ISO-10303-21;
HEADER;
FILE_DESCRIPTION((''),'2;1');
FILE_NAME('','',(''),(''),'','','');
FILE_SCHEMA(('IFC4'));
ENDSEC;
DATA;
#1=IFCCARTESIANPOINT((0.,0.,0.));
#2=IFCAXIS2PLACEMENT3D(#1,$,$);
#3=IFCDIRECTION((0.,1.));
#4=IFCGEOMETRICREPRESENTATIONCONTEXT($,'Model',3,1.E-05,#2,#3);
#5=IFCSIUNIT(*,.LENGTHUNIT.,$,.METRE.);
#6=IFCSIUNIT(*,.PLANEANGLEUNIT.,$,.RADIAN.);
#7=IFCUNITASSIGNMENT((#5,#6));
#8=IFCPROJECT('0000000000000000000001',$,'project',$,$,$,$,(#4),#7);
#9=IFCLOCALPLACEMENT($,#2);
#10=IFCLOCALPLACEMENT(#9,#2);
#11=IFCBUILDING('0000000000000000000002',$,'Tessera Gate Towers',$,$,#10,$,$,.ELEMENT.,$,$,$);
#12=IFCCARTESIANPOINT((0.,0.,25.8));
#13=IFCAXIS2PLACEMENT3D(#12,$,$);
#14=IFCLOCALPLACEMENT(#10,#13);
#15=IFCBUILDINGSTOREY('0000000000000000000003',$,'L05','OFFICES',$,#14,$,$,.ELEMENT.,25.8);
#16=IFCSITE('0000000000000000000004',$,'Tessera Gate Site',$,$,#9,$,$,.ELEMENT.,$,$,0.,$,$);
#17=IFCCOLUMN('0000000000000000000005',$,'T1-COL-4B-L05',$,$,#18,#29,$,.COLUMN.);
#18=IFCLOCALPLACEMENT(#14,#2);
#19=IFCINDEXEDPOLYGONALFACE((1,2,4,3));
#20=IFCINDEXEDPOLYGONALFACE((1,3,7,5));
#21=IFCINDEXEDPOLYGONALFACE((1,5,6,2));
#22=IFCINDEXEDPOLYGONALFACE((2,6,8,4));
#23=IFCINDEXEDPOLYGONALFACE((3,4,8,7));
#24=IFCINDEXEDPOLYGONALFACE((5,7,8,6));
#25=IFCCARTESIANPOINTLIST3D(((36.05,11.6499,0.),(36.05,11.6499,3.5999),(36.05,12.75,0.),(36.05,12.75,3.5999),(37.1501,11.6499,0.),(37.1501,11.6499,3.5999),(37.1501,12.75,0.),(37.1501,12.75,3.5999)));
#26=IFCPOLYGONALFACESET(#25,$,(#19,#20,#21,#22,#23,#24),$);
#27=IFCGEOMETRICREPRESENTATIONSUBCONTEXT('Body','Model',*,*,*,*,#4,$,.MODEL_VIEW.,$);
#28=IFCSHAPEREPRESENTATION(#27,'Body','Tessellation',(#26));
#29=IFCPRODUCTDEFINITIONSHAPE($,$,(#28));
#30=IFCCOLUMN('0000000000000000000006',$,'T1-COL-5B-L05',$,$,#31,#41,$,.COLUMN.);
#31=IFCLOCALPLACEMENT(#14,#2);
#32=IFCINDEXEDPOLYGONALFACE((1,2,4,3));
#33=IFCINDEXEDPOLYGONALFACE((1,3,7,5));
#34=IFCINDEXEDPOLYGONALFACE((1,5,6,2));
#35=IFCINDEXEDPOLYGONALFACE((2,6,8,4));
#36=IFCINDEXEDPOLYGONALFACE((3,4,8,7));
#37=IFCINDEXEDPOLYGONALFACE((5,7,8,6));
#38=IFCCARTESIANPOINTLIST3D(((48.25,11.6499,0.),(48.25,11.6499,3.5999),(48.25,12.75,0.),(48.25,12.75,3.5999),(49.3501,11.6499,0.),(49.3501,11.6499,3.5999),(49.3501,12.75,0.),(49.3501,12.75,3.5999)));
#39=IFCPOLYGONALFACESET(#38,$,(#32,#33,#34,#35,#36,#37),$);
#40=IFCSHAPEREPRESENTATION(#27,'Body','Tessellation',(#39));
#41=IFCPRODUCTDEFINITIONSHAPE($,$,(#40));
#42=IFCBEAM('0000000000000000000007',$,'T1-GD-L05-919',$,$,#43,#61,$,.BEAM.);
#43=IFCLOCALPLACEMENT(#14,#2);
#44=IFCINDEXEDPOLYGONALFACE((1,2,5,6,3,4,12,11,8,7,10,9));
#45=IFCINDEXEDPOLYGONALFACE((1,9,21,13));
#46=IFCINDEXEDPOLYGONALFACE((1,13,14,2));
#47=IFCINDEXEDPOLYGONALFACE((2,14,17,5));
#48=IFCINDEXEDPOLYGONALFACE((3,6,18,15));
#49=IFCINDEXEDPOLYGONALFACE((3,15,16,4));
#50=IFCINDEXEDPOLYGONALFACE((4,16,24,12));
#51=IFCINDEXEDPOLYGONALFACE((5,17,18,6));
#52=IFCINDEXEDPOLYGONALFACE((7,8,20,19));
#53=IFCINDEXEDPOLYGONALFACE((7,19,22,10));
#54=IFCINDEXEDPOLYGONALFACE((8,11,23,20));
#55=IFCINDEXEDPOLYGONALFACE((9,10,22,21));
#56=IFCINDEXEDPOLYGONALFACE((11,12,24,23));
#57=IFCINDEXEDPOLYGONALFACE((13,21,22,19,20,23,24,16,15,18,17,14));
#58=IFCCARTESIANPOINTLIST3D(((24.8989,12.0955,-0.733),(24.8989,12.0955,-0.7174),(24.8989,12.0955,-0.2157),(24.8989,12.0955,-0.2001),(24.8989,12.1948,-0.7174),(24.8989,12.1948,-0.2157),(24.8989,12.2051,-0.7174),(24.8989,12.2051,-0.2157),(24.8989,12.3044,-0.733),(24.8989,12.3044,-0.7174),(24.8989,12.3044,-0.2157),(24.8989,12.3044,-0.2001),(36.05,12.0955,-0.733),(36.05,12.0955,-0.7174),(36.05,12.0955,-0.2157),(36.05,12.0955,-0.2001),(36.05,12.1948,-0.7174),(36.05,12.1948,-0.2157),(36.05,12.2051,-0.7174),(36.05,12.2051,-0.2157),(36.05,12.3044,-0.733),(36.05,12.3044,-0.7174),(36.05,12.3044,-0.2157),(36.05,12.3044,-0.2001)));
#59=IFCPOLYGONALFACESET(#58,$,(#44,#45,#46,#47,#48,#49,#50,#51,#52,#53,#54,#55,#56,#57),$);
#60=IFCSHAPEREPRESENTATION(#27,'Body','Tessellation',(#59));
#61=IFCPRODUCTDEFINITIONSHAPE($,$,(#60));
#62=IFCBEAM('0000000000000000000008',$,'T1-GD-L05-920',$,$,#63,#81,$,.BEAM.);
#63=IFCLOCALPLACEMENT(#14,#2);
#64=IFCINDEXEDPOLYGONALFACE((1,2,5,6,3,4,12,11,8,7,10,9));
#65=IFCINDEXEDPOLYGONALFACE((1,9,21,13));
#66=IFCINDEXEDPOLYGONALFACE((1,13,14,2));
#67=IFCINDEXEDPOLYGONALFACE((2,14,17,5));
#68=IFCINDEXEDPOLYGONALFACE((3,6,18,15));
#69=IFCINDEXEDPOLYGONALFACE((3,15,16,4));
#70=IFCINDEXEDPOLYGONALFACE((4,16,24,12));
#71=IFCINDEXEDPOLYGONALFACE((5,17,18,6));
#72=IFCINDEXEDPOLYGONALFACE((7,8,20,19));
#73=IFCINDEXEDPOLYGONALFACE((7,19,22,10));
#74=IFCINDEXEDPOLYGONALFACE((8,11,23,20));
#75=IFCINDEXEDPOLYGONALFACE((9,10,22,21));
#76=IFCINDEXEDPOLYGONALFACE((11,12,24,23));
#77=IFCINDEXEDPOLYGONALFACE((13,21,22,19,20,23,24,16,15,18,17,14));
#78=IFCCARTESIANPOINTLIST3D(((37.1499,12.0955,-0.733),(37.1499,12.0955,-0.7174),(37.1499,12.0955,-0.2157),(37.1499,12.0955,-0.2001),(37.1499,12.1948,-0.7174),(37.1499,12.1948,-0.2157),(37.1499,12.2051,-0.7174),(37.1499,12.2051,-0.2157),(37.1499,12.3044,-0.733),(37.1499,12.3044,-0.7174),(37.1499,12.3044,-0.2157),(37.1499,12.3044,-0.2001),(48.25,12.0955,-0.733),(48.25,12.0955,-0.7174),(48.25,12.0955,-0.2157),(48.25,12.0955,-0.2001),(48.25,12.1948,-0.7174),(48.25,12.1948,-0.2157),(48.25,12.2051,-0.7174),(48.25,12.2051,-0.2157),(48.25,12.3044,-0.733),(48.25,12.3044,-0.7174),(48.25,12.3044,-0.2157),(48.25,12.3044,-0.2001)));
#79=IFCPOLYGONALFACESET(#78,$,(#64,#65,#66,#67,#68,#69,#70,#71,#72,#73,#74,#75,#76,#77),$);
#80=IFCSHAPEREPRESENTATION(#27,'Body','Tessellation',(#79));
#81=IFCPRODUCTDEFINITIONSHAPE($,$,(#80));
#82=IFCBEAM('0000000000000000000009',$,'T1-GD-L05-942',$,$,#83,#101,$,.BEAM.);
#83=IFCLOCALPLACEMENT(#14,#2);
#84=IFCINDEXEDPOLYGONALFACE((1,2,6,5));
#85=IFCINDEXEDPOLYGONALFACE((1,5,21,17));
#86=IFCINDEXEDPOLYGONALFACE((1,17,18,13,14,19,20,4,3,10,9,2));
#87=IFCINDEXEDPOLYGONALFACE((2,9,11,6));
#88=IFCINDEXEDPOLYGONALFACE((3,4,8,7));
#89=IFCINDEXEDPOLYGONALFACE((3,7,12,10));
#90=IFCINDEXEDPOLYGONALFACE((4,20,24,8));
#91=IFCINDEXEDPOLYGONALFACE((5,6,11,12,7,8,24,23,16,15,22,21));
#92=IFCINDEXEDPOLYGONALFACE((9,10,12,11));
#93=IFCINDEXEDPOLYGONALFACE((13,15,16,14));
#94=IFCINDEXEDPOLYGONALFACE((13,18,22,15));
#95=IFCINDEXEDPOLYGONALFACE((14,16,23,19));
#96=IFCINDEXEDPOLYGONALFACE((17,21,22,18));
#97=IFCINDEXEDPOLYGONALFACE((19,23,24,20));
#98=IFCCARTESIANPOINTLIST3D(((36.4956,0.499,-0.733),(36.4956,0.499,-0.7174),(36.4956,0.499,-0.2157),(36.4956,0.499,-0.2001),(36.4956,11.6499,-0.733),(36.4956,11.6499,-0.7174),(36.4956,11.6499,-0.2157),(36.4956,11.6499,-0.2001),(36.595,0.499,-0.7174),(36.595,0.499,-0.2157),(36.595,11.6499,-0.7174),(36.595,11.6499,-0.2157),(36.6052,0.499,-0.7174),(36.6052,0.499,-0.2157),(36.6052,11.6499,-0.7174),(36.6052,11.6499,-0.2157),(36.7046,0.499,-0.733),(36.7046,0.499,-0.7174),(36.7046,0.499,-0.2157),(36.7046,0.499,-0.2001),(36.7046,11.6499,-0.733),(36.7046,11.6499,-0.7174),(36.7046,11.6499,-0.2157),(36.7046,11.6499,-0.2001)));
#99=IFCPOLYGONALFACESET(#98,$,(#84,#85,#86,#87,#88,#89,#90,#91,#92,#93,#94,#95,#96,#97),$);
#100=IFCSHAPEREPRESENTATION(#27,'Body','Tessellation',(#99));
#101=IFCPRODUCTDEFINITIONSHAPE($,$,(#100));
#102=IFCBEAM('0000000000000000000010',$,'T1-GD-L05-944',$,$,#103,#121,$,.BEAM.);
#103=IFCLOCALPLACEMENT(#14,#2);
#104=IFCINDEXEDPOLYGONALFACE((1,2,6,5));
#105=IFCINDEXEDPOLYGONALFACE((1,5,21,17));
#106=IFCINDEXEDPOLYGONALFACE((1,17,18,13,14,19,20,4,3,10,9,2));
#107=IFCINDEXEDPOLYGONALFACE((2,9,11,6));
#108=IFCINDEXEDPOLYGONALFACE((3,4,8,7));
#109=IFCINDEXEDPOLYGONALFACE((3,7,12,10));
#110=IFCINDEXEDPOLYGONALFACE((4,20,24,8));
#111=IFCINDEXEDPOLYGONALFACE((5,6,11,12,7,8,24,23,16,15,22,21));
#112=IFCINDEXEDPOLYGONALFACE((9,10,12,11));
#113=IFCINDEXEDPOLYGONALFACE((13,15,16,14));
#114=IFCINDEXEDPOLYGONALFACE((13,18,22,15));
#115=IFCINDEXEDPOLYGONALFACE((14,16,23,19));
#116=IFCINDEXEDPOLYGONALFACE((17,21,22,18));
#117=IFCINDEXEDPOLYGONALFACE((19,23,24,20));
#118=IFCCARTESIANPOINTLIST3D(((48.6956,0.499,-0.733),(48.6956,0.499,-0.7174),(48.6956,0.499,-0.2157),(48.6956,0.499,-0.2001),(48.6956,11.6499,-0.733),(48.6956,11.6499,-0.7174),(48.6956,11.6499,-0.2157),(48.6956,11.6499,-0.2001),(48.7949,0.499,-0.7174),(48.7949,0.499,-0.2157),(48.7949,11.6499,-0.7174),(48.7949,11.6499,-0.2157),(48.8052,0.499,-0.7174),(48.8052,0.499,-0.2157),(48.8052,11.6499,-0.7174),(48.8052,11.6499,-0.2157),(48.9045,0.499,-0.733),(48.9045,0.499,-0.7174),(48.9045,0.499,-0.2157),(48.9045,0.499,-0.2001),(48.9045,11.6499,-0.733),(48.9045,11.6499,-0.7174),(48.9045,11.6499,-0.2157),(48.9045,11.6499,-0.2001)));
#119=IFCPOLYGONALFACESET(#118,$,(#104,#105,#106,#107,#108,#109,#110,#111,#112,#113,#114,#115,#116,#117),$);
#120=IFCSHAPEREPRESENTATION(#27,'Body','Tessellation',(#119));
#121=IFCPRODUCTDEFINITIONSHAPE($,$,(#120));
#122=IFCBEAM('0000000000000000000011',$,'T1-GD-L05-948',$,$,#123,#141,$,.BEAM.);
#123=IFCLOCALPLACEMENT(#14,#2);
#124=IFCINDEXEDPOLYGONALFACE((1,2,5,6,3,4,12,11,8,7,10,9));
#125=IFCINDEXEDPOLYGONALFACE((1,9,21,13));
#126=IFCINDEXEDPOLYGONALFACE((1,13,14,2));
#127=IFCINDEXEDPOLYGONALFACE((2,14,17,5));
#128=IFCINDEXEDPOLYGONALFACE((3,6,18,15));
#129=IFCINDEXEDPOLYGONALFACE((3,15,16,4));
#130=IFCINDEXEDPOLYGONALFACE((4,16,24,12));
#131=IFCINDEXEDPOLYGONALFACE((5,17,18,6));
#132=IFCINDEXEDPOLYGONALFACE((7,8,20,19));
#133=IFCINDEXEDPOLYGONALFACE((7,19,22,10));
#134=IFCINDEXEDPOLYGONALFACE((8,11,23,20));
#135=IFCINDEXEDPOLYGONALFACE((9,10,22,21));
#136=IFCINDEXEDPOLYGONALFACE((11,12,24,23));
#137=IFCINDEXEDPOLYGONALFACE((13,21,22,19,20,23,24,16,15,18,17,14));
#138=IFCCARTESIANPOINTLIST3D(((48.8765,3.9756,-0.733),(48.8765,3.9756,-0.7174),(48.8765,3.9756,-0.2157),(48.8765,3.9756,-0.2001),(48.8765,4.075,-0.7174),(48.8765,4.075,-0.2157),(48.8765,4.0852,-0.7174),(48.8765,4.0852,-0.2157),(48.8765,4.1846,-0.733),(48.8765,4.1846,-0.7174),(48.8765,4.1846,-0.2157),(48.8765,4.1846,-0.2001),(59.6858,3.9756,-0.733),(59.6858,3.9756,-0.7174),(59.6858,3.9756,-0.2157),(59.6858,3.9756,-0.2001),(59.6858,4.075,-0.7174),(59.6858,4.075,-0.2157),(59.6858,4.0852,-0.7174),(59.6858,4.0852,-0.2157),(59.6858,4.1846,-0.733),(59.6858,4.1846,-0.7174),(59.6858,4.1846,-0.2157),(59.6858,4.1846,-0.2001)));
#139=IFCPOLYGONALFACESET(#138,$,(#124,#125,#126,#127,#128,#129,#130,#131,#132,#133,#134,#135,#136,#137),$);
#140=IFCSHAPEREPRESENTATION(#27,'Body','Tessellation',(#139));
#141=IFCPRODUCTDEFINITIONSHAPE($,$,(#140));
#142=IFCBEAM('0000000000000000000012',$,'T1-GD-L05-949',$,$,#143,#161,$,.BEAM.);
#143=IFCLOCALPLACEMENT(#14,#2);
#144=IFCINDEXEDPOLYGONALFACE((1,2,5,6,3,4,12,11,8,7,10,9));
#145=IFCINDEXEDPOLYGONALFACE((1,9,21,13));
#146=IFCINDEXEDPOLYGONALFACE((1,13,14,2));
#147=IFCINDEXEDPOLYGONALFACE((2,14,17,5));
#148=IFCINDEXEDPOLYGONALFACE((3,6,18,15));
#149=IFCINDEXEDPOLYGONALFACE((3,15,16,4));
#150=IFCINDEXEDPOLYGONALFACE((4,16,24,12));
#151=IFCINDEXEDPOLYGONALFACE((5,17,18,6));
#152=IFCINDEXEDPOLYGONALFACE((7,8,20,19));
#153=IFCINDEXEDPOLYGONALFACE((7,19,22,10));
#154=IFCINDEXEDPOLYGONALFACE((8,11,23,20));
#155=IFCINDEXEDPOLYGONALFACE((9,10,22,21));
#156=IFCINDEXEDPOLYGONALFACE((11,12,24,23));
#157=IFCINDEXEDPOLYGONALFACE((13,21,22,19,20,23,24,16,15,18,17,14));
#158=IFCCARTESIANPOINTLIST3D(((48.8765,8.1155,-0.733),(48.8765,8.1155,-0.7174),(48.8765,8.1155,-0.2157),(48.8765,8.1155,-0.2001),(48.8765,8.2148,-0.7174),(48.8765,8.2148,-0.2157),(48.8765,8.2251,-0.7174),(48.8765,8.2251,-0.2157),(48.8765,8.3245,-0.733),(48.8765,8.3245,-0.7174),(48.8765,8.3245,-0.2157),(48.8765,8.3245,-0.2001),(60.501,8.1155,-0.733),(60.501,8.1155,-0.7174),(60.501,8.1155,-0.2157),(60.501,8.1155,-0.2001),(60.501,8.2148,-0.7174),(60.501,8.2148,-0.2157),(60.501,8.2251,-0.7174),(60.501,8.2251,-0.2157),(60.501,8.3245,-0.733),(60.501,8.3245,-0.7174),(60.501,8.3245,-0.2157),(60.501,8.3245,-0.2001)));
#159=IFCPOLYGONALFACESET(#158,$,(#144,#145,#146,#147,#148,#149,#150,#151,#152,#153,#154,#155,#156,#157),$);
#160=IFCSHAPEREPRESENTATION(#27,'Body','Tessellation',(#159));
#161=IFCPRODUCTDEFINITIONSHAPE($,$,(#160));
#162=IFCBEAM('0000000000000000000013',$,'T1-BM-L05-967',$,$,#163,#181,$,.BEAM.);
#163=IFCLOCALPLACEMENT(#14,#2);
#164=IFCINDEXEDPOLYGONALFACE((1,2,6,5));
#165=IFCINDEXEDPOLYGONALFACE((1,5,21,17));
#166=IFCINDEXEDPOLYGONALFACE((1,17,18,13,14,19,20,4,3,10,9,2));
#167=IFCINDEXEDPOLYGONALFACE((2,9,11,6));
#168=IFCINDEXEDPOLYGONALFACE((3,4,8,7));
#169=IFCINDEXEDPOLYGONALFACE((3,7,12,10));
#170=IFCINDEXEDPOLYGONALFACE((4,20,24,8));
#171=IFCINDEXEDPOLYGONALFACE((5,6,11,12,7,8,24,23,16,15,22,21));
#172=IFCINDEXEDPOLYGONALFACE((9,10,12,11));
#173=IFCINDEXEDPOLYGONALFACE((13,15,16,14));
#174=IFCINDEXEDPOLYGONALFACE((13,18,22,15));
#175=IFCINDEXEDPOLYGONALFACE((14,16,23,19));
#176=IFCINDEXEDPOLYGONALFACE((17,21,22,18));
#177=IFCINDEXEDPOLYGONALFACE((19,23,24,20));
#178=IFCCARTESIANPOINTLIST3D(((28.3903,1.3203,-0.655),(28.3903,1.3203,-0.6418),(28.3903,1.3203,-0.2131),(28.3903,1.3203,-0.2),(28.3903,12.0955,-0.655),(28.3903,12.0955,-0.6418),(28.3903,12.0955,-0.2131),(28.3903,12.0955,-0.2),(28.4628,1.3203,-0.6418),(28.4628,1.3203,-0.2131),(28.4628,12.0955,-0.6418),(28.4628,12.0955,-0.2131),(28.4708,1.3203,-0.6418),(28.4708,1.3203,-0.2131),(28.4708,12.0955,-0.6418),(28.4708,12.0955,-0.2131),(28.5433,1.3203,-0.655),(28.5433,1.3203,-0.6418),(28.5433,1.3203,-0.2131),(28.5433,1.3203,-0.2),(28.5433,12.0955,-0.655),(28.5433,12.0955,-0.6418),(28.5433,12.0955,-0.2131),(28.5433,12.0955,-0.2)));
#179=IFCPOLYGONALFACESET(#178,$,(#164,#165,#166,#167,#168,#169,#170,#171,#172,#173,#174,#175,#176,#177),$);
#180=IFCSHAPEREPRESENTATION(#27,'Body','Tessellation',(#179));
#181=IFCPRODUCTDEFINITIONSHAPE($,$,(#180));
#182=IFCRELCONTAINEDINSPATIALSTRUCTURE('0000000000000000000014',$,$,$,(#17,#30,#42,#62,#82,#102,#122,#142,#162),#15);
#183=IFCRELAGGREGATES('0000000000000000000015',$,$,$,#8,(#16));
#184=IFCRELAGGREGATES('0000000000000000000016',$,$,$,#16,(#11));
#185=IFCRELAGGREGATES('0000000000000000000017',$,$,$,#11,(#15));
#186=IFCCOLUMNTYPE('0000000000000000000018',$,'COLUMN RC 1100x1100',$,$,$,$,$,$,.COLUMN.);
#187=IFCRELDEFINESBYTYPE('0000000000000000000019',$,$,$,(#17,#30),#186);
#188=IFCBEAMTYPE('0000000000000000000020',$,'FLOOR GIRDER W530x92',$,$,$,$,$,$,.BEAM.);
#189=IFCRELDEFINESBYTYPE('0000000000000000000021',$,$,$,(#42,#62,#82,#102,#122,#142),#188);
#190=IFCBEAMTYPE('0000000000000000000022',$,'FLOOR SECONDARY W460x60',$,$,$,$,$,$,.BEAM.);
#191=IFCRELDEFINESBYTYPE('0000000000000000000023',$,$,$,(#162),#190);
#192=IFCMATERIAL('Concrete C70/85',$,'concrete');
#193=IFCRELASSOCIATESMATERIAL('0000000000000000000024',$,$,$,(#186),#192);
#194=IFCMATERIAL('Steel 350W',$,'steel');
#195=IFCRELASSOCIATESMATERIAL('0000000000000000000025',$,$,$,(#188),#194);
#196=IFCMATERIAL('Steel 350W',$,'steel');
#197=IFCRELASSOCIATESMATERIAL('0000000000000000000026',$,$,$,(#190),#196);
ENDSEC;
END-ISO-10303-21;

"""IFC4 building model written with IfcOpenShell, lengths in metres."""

from ifc_helpers import new_model, si_unit, direction, frame, origin, origin_2d, place, context, subcontext, project, spatial, rectangle, i_section, extrude, material, material_profile, profile_set, type_object, element, save


model = new_model("IFC4")

# Units and contexts
model_context = context("Model", 3, precision=1e-05, world=origin(), true_north=direction((0.0, 1.0)))
body_context = subcontext(model_context, "Body", "Model", "MODEL_VIEW")
ifc_project = project(units=[si_unit("LENGTHUNIT", "METRE"), si_unit("PLANEANGLEUNIT", "RADIAN")], contexts=[model_context])

# Site, building, storey
site_placement = place(None, origin())
site = spatial("IfcSite", under=ifc_project, at=site_placement, Name="Tessera Gate Site", CompositionType="ELEMENT", RefElevation=0.0)
building_placement = place(site_placement, origin())
building = spatial("IfcBuilding", under=site, at=building_placement, Name="Tessera Gate Towers", CompositionType="ELEMENT")
storey_placement = place(building_placement, frame((0.0, 0.0, 25.8)))
storey = spatial("IfcBuildingStorey", under=building, at=storey_placement, Name="L05", Description="OFFICES", CompositionType="ELEMENT", Elevation=25.8)

# Columns
ifc_material_1 = material(Name="Concrete C70/85", Category="concrete")
ifc_material_profile_1 = material_profile(ifc_material_1, rectangle(XDim=1.1001, YDim=1.1001, at=origin_2d()), Name="RC 1100x1100")
ifc_profile_set_1 = profile_set([ifc_material_profile_1], Name="Concrete C70/85")
column_type = type_object("IfcColumnType", Name="COLUMN RC 1100x1100", PredefinedType="COLUMN", material=ifc_profile_set_1)
for number, where, z_axis, x_axis, name in (
    (1, (36.6001, 12.2, 0.0), (0.0, 0.0, 1.0), (1.0, 0.0, 0.0), "T1-COL-4B-L05"),
    (2, (48.8, 12.2, 0.0), (0.0, 0.0, 1.0), (1.0, 0.0, 0.0), "T1-COL-5B-L05"),
):
    element("IfcColumn", number, at=place(storey_placement, frame(where, z_axis=z_axis, x_axis=x_axis)), inside=storey, type_object=column_type, Name=name, PredefinedType="COLUMN", context=body_context, shape_type="SweptSolid", body=[
        extrude(rectangle(XDim=1.1001, YDim=1.1001, at=origin_2d()), origin(), (0.0, 0.0, 1.0), 3.5999),
    ])

# Beams
ifc_material_2 = material(Name="Steel 350W", Category="steel")
ifc_material_profile_2 = material_profile(ifc_material_2, i_section(OverallWidth=0.209, OverallDepth=0.533, WebThickness=0.0103, FlangeThickness=0.0156, at=origin_2d()), Name="W530x92")
ifc_profile_set_2 = profile_set([ifc_material_profile_2], Name="Steel 350W")
beam_type_1 = type_object("IfcBeamType", Name="FLOOR GIRDER W530x92", PredefinedType="BEAM", material=ifc_profile_set_2)
beam_1_placement = place(storey_placement, frame((24.8989, 12.2, -0.4666), z_axis=(1.0, 0.0, 0.0), x_axis=(0.0, 1.0, 0.0)))
element("IfcBeam", 3, at=beam_1_placement, inside=storey, type_object=beam_type_1, Name="T1-GD-L05-919", PredefinedType="BEAM", context=body_context, shape_type="SweptSolid", body=[
    extrude(i_section(OverallWidth=0.209, OverallDepth=0.533, WebThickness=0.0103, FlangeThickness=0.0156, at=origin_2d()), origin(), (0.0, 0.0, 1.0), 11.1511),
])
beam_2_placement = place(storey_placement, frame((37.1499, 12.2, -0.4666), z_axis=(1.0, 0.0, 0.0), x_axis=(0.0, 1.0, 0.0)))
element("IfcBeam", 4, at=beam_2_placement, inside=storey, type_object=beam_type_1, Name="T1-GD-L05-920", PredefinedType="BEAM", context=body_context, shape_type="SweptSolid", body=[
    extrude(i_section(OverallWidth=0.209, OverallDepth=0.533, WebThickness=0.0103, FlangeThickness=0.0156, at=origin_2d()), origin(), (0.0, 0.0, 1.0), 11.1001),
])
for number, where, z_axis, x_axis, name in (
    (5, (36.6001, 0.499, -0.4666), (0.0, 1.0, 0.0), (-1.0, 0.0, 0.0), "T1-GD-L05-942"),
    (6, (48.8, 0.499, -0.4666), (0.0, 1.0, 0.0), (-1.0, 0.0, 0.0), "T1-GD-L05-944"),
):
    element("IfcBeam", number, at=place(storey_placement, frame(where, z_axis=z_axis, x_axis=x_axis)), inside=storey, type_object=beam_type_1, Name=name, PredefinedType="BEAM", context=body_context, shape_type="SweptSolid", body=[
        extrude(i_section(OverallWidth=0.209, OverallDepth=0.533, WebThickness=0.0103, FlangeThickness=0.0156, at=origin_2d()), origin(), (0.0, 0.0, 1.0), 11.1509),
    ])
beam_3_placement = place(storey_placement, frame((48.8765, 4.0801, -0.4666), z_axis=(1.0, 0.0, 0.0), x_axis=(0.0, 1.0, 0.0)))
element("IfcBeam", 7, at=beam_3_placement, inside=storey, type_object=beam_type_1, Name="T1-GD-L05-948", PredefinedType="BEAM", context=body_context, shape_type="SweptSolid", body=[
    extrude(i_section(OverallWidth=0.209, OverallDepth=0.533, WebThickness=0.0103, FlangeThickness=0.0156, at=origin_2d()), origin(), (0.0, 0.0, 1.0), 10.8093),
])
beam_4_placement = place(storey_placement, frame((48.8765, 8.22, -0.4666), z_axis=(1.0, 0.0, 0.0), x_axis=(0.0, 1.0, 0.0)))
element("IfcBeam", 8, at=beam_4_placement, inside=storey, type_object=beam_type_1, Name="T1-GD-L05-949", PredefinedType="BEAM", context=body_context, shape_type="SweptSolid", body=[
    extrude(i_section(OverallWidth=0.209, OverallDepth=0.533, WebThickness=0.0103, FlangeThickness=0.0156, at=origin_2d()), origin(), (0.0, 0.0, 1.0), 11.6245),
])
ifc_material_3 = material(Name="Steel 350W", Category="steel")
ifc_material_profile_3 = material_profile(ifc_material_3, i_section(OverallWidth=0.1531, OverallDepth=0.4551, WebThickness=0.0081, FlangeThickness=0.0132, at=origin_2d()), Name="W460x60")
ifc_profile_set_3 = profile_set([ifc_material_profile_3], Name="Steel 350W")
beam_type_2 = type_object("IfcBeamType", Name="FLOOR SECONDARY W460x60", PredefinedType="BEAM", material=ifc_profile_set_3)
beam_5_placement = place(storey_placement, frame((28.4668, 1.3203, -0.4275), z_axis=(0.0, 1.0, 0.0), x_axis=(-1.0, 0.0, 0.0)))
element("IfcBeam", 9, at=beam_5_placement, inside=storey, type_object=beam_type_2, Name="T1-BM-L05-967", PredefinedType="BEAM", context=body_context, shape_type="SweptSolid", body=[
    extrude(i_section(OverallWidth=0.1531, OverallDepth=0.4551, WebThickness=0.0081, FlangeThickness=0.0132, at=origin_2d()), origin(), (0.0, 0.0, 1.0), 10.7751),
])

save(model, "model.ifc")
